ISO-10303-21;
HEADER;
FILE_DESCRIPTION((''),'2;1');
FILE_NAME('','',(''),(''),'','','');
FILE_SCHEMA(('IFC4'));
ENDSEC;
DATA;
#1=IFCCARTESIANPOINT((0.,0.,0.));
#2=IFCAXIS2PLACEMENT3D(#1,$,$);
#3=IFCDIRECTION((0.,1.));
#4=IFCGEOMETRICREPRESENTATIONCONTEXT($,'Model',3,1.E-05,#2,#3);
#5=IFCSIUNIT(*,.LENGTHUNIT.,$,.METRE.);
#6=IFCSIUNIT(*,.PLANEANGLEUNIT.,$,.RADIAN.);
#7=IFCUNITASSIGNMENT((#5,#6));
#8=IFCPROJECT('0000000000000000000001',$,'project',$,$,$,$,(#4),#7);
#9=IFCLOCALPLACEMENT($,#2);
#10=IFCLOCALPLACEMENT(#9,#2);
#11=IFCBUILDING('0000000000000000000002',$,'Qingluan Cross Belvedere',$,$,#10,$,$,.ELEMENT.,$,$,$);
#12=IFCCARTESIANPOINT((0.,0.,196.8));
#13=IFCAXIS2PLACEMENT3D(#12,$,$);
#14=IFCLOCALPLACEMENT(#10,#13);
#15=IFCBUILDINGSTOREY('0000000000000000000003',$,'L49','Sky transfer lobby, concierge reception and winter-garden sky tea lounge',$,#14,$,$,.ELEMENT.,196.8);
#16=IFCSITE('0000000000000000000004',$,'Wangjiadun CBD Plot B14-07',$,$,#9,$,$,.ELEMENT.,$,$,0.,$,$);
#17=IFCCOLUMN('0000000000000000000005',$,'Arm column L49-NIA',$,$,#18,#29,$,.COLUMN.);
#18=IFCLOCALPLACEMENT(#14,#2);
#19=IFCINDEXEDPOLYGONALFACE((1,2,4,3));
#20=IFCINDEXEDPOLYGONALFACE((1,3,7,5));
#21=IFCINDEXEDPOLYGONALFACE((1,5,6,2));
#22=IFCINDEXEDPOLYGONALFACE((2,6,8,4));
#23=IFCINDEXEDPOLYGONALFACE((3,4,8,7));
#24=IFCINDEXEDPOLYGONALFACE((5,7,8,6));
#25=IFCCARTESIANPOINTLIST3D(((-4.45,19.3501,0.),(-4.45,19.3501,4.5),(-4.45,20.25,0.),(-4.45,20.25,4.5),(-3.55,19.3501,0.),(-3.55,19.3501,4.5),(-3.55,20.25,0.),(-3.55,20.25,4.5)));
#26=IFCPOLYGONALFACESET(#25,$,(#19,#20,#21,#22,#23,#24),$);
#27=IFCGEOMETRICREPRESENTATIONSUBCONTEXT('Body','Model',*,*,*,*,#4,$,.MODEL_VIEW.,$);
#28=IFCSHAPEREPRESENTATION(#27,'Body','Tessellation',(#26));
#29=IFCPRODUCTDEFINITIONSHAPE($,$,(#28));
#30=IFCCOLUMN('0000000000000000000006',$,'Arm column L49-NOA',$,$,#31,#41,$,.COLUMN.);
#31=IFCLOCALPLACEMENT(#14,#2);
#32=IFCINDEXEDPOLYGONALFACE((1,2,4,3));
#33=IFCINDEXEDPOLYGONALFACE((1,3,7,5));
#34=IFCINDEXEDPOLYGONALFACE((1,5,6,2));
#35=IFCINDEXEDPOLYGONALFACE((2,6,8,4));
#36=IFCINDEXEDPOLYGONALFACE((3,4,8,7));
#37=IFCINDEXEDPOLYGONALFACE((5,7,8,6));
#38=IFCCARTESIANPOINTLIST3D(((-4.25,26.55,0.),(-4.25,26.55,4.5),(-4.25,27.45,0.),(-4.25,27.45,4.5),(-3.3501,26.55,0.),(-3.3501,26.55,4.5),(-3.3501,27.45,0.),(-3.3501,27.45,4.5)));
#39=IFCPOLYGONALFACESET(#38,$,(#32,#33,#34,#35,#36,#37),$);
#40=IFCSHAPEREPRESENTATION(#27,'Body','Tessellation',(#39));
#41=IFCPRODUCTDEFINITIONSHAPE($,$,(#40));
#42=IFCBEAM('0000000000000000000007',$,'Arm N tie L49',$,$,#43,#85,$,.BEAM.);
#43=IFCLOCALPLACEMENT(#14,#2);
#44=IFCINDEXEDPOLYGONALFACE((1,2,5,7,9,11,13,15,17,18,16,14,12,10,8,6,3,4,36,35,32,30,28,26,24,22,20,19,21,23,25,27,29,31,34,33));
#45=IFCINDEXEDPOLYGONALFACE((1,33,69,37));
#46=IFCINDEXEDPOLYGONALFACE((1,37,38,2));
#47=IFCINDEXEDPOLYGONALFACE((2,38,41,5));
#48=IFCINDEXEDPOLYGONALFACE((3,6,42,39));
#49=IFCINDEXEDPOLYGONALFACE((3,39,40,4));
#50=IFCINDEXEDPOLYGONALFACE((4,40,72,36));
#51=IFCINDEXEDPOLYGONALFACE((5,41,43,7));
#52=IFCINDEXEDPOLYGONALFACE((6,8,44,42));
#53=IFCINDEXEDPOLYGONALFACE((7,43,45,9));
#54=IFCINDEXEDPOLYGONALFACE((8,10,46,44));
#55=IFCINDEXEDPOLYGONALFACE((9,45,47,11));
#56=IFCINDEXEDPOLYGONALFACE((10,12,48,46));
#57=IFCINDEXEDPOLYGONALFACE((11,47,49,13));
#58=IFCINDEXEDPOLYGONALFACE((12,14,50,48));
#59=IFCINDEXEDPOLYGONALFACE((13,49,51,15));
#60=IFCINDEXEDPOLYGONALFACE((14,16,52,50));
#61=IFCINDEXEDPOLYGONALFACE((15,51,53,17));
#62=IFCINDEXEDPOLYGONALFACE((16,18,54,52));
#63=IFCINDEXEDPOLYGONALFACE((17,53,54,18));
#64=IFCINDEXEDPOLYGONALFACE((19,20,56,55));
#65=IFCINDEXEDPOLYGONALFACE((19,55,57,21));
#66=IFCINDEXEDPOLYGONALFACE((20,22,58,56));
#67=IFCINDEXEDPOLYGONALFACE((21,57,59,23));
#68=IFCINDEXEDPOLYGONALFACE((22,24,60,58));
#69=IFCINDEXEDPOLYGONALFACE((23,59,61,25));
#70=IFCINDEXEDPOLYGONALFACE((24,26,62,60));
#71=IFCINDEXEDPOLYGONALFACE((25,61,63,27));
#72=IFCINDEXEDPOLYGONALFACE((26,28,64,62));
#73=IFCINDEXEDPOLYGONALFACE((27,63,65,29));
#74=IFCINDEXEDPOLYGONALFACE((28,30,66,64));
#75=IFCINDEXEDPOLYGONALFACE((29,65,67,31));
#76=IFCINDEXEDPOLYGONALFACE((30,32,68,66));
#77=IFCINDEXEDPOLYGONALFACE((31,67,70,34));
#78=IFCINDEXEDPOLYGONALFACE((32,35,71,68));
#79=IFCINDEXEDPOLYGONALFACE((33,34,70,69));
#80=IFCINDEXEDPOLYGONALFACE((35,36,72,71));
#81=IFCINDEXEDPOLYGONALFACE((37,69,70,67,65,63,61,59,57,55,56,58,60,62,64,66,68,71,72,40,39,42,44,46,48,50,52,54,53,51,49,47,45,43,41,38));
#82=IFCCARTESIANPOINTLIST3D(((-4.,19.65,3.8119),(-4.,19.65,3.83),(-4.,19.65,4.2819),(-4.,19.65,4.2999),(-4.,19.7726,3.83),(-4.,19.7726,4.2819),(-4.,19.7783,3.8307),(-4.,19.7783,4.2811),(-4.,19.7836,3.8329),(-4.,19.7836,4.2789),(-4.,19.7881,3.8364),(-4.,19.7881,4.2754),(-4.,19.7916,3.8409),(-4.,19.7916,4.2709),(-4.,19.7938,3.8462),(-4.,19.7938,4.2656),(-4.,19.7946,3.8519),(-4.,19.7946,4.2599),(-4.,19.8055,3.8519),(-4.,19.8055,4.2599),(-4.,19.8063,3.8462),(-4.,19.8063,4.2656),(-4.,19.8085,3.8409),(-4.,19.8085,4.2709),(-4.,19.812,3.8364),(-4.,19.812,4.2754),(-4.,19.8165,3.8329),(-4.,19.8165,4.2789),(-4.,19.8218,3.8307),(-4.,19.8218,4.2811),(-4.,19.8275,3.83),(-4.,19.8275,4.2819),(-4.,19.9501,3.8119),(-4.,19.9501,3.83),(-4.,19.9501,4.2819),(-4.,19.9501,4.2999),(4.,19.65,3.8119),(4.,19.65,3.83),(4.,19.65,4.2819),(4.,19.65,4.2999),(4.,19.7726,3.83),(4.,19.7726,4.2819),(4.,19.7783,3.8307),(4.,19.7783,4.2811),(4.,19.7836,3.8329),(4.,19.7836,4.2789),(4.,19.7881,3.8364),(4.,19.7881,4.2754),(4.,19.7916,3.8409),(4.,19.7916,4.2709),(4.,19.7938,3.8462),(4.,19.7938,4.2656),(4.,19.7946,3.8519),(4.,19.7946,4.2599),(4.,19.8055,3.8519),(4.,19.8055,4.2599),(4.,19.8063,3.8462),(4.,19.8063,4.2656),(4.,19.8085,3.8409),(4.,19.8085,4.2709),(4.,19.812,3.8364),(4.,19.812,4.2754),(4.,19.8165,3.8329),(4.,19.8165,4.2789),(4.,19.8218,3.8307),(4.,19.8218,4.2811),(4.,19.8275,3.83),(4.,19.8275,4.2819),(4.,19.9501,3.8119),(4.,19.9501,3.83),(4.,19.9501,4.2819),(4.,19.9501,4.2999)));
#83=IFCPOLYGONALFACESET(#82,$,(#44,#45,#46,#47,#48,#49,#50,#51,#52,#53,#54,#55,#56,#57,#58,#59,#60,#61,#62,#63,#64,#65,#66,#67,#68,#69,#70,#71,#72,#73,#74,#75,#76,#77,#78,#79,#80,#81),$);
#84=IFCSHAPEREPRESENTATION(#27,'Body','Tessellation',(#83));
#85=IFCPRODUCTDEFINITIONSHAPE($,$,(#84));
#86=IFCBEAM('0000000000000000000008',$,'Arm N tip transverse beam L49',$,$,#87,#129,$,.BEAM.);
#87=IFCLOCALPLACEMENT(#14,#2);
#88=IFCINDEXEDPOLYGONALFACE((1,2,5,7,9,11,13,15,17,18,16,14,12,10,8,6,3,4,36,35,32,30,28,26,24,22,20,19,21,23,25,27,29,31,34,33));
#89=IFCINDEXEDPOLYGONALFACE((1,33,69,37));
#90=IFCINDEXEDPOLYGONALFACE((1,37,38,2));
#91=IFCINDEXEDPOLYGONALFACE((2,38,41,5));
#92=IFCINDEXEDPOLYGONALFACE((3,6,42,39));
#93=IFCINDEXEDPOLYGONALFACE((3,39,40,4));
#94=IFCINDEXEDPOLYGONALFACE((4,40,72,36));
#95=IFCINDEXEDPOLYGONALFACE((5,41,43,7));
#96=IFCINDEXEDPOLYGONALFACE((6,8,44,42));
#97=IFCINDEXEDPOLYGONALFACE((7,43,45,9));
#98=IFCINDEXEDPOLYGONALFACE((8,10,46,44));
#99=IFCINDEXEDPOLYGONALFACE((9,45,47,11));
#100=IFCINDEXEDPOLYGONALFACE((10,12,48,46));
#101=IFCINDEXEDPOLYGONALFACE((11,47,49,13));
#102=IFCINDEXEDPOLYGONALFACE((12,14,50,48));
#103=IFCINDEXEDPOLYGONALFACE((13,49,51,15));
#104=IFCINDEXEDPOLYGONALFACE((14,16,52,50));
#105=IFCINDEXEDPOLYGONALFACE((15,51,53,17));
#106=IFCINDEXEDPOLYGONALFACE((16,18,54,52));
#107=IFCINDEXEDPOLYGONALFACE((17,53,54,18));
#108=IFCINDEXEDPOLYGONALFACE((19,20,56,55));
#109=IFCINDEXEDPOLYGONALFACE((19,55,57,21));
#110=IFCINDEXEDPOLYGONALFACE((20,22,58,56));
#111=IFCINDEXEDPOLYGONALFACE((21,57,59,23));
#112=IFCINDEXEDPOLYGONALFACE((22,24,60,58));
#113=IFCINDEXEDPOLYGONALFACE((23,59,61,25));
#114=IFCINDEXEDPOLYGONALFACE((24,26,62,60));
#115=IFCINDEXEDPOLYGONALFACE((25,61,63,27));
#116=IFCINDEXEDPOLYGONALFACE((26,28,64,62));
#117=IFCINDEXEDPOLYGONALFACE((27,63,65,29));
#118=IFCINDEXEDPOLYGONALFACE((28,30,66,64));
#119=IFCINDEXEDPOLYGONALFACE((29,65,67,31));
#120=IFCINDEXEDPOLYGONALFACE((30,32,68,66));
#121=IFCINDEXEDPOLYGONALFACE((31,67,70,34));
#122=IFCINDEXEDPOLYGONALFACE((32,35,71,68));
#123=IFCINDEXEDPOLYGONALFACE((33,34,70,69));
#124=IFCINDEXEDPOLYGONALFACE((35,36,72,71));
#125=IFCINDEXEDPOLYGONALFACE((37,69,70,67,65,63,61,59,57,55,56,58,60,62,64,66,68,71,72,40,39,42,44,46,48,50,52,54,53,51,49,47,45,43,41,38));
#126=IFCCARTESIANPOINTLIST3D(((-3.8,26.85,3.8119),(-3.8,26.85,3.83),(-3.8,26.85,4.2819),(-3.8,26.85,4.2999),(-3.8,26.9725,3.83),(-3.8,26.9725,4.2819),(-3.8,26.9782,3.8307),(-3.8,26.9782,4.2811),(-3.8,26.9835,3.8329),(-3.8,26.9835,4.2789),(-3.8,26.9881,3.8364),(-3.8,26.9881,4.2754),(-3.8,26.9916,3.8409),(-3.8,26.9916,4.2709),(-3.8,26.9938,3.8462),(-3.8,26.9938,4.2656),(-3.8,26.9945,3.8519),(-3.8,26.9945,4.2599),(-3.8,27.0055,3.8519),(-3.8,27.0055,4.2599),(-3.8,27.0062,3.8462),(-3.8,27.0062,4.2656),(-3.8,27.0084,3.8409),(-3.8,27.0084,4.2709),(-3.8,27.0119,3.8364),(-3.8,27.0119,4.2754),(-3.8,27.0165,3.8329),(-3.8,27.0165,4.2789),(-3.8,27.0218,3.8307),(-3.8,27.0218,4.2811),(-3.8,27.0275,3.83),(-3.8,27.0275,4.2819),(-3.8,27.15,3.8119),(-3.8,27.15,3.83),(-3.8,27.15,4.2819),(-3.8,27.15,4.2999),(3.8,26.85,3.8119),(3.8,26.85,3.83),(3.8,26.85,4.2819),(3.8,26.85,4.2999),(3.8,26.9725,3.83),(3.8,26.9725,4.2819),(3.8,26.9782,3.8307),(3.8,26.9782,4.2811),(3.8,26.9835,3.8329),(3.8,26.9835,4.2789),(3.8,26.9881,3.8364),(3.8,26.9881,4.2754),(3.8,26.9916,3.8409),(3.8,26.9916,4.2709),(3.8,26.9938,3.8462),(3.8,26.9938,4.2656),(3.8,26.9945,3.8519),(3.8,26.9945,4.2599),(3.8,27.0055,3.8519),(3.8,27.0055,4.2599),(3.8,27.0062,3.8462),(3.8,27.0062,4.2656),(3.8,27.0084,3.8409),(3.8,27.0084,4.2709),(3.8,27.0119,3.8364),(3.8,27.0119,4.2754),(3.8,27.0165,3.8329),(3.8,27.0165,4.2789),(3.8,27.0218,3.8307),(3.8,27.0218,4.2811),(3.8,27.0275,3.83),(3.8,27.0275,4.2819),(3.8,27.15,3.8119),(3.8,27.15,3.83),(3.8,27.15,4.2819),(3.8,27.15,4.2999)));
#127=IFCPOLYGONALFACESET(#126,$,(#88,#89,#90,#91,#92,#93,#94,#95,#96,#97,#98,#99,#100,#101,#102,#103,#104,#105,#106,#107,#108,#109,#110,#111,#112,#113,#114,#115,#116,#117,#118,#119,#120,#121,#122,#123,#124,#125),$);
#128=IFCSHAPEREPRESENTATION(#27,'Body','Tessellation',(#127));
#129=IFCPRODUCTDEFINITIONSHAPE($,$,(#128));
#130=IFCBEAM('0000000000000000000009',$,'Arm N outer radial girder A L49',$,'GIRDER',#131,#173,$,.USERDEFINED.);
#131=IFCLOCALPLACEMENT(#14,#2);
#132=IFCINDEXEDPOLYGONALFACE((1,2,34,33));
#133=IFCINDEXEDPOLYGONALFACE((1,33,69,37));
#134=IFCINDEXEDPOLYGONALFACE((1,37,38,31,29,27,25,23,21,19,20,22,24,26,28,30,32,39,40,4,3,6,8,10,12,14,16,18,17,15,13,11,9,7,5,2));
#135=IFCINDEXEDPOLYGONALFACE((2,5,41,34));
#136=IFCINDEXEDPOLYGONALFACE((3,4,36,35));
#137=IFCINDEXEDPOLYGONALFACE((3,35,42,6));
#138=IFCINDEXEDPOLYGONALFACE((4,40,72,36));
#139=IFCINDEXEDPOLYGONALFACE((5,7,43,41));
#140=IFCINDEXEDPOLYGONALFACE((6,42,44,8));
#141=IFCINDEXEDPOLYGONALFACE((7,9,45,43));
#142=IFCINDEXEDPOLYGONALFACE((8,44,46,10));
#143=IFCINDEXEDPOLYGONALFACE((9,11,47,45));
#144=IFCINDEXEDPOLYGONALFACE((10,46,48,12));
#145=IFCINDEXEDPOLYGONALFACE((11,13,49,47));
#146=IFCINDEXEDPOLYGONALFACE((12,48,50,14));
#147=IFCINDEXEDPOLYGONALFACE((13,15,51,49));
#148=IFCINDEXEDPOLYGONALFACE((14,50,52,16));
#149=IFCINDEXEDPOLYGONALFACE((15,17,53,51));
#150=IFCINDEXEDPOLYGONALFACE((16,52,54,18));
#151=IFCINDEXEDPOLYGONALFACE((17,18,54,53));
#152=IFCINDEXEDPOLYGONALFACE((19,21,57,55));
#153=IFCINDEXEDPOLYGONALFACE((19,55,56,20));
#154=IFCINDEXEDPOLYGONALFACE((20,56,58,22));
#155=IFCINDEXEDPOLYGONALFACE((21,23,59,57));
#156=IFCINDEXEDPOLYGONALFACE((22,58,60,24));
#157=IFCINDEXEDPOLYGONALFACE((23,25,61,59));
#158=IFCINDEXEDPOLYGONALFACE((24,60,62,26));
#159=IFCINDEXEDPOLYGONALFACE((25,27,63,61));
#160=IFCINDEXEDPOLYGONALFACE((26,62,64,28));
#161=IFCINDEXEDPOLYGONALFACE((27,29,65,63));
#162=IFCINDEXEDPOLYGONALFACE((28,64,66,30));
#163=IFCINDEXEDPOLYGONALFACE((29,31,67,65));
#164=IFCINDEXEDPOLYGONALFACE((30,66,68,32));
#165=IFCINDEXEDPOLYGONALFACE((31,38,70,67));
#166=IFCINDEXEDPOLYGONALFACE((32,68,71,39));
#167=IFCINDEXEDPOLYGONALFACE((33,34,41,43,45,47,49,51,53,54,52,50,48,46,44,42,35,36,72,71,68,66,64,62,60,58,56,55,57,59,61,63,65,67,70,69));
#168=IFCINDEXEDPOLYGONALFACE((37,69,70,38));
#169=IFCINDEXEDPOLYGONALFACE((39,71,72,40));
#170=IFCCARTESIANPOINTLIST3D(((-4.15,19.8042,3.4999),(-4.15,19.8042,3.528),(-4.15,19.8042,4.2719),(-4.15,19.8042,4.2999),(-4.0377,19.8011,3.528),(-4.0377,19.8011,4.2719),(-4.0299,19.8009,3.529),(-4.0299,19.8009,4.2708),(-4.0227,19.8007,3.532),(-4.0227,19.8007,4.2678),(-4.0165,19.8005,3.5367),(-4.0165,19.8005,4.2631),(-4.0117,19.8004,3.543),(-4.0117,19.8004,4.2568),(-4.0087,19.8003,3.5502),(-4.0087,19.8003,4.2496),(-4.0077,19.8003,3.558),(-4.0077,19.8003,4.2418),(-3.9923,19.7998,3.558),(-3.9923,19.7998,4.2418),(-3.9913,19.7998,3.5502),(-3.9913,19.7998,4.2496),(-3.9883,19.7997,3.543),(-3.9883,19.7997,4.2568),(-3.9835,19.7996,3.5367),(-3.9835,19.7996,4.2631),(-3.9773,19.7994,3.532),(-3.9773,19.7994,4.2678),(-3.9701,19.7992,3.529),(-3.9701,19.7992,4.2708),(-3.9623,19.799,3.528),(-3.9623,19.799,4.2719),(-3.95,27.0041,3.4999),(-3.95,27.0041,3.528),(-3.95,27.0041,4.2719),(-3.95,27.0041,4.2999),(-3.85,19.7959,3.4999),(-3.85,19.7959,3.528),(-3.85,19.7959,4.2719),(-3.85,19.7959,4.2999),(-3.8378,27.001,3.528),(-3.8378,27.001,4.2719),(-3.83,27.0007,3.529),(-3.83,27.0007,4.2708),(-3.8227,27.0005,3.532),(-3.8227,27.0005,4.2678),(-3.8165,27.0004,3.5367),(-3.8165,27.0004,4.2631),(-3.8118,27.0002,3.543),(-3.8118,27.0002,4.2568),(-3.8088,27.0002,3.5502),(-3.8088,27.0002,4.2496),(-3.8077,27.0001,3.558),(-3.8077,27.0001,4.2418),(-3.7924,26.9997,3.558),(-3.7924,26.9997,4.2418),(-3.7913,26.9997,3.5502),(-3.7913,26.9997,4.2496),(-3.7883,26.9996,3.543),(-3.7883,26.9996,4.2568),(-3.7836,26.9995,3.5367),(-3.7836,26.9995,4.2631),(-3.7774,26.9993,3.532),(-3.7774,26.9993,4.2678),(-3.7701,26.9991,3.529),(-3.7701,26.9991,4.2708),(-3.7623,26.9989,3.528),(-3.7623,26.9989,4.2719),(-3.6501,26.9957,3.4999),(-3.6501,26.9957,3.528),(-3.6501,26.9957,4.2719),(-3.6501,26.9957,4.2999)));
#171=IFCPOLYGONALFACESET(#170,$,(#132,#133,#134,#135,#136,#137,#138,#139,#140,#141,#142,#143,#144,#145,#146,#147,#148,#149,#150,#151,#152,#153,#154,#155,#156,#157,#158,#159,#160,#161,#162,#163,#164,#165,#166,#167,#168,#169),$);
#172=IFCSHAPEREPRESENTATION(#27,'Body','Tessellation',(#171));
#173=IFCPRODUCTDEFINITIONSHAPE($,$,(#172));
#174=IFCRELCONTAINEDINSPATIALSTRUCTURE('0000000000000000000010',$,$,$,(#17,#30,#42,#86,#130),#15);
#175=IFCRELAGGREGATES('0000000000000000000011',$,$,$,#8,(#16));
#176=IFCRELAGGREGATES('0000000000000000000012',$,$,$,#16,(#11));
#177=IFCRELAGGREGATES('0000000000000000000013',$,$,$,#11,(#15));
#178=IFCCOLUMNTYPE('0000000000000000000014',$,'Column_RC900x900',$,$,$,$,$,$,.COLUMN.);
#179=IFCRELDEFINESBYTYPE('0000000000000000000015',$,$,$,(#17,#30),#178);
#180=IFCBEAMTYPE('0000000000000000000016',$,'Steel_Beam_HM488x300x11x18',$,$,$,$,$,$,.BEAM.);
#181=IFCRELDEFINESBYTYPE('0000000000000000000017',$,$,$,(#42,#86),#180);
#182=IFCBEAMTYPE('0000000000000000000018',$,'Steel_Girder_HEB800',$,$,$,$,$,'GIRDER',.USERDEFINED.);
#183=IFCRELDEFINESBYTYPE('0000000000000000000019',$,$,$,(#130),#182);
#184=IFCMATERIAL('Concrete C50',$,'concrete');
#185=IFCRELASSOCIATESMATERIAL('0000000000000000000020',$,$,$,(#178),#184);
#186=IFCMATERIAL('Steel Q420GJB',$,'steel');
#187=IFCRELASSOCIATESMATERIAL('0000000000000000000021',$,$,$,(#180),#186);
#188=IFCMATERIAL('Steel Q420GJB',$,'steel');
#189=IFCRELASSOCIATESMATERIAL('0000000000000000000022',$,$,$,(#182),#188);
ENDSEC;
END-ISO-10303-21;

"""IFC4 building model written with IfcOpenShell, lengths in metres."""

from ifc_helpers import new_model, si_unit, direction, frame, origin, origin_2d, place, context, subcontext, project, spatial, rectangle, i_section, extrude, material, material_profile, profile_set, type_object, element, save


model = new_model("IFC4")

# Units and contexts
model_context = context("Model", 3, precision=1e-05, world=origin(), true_north=direction((0.0, 1.0)))
body_context = subcontext(model_context, "Body", "Model", "MODEL_VIEW")
ifc_project = project(units=[si_unit("LENGTHUNIT", "METRE"), si_unit("PLANEANGLEUNIT", "RADIAN")], contexts=[model_context])

# Site, building, storey
site_placement = place(None, origin())
site = spatial("IfcSite", under=ifc_project, at=site_placement, Name="Wangjiadun CBD Plot B14-07", CompositionType="ELEMENT", RefElevation=0.0)
building_placement = place(site_placement, origin())
building = spatial("IfcBuilding", under=site, at=building_placement, Name="Qingluan Cross Belvedere", CompositionType="ELEMENT")
storey_placement = place(building_placement, frame((0.0, 0.0, 196.8)))
storey = spatial("IfcBuildingStorey", under=building, at=storey_placement, Name="L49", Description="Sky transfer lobby, concierge reception and winter-garden sky tea lounge", CompositionType="ELEMENT", Elevation=196.8)

# Columns
ifc_material_1 = material(Name="Concrete C50", Category="concrete")
ifc_material_profile_1 = material_profile(ifc_material_1, rectangle(XDim=0.8999, YDim=0.8999, at=origin_2d()), Name="RC900x900")
ifc_profile_set_1 = profile_set([ifc_material_profile_1], Name="Concrete C50")
column_type = type_object("IfcColumnType", Name="Column_RC900x900", PredefinedType="COLUMN", material=ifc_profile_set_1)
for number, where, z_axis, x_axis, name in (
    (1, (-4.0, 19.8, 0.0), (0.0, 0.0, 1.0), (1.0, 0.0, 0.0), "Arm column L49-NIA"),
    (2, (-3.8, 27.0, 0.0), (0.0, 0.0, 1.0), (1.0, 0.0, 0.0), "Arm column L49-NOA"),
):
    element("IfcColumn", number, at=place(storey_placement, frame(where, z_axis=z_axis, x_axis=x_axis)), inside=storey, type_object=column_type, Name=name, PredefinedType="COLUMN", context=body_context, shape_type="SweptSolid", body=[
        extrude(rectangle(XDim=0.8999, YDim=0.8999, at=origin_2d()), origin(), (0.0, 0.0, 1.0), 4.5),
    ])

# Beams
ifc_material_2 = material(Name="Steel Q420GJB", Category="steel")
ifc_material_profile_2 = material_profile(ifc_material_2, i_section(OverallWidth=0.3, OverallDepth=0.488, WebThickness=0.011, FlangeThickness=0.0181, FilletRadius=0.022, at=origin_2d()), Name="HM488x300x11x18")
ifc_profile_set_2 = profile_set([ifc_material_profile_2], Name="Steel Q420GJB")
beam_type_1 = type_object("IfcBeamType", Name="Steel_Beam_HM488x300x11x18", PredefinedType="BEAM", material=ifc_profile_set_2)
beam_1_placement = place(storey_placement, frame((-4.0, 19.8, 4.0559), z_axis=(1.0, 0.0, 0.0), x_axis=(0.0, 1.0, 0.0)))
element("IfcBeam", 3, at=beam_1_placement, inside=storey, type_object=beam_type_1, Name="Arm N tie L49", PredefinedType="BEAM", context=body_context, shape_type="SweptSolid", body=[
    extrude(i_section(OverallWidth=0.3, OverallDepth=0.488, WebThickness=0.011, FlangeThickness=0.0181, FilletRadius=0.022, at=origin_2d()), origin(), (0.0, 0.0, 1.0), 8.0),
])
beam_2_placement = place(storey_placement, frame((-3.8, 27.0, 4.0559), z_axis=(1.0, 0.0, 0.0), x_axis=(0.0, 1.0, 0.0)))
element("IfcBeam", 4, at=beam_2_placement, inside=storey, type_object=beam_type_1, Name="Arm N tip transverse beam L49", PredefinedType="BEAM", context=body_context, shape_type="SweptSolid", body=[
    extrude(i_section(OverallWidth=0.3, OverallDepth=0.488, WebThickness=0.011, FlangeThickness=0.0181, FilletRadius=0.022, at=origin_2d()), origin(), (0.0, 0.0, 1.0), 7.6001),
])
ifc_material_3 = material(Name="Steel Q420GJB", Category="steel")
ifc_material_profile_3 = material_profile(ifc_material_3, i_section(OverallWidth=0.3, OverallDepth=0.8, WebThickness=0.0154, FlangeThickness=0.0281, FilletRadius=0.03, at=origin_2d()), Name="HEB800")
ifc_profile_set_3 = profile_set([ifc_material_profile_3], Name="Steel Q420GJB")
beam_type_2 = type_object("IfcBeamType", Name="Steel_Girder_HEB800", ElementType="GIRDER", PredefinedType="USERDEFINED", material=ifc_profile_set_3)
beam_3_placement = place(storey_placement, frame((-4.0, 19.8, 3.8999), z_axis=(0.02776, 0.999615, 0.0), x_axis=(-0.999615, 0.02776, 0.0)))
element("IfcBeam", 5, at=beam_3_placement, inside=storey, type_object=beam_type_2, Name="Arm N outer radial girder A L49", ObjectType="GIRDER", PredefinedType="USERDEFINED", context=body_context, shape_type="SweptSolid", body=[
    extrude(i_section(OverallWidth=0.3, OverallDepth=0.8, WebThickness=0.0154, FlangeThickness=0.0281, FilletRadius=0.03, at=origin_2d()), origin(), (0.0, 0.0, 1.0), 7.2026),
])

save(model, "model.ifc")
